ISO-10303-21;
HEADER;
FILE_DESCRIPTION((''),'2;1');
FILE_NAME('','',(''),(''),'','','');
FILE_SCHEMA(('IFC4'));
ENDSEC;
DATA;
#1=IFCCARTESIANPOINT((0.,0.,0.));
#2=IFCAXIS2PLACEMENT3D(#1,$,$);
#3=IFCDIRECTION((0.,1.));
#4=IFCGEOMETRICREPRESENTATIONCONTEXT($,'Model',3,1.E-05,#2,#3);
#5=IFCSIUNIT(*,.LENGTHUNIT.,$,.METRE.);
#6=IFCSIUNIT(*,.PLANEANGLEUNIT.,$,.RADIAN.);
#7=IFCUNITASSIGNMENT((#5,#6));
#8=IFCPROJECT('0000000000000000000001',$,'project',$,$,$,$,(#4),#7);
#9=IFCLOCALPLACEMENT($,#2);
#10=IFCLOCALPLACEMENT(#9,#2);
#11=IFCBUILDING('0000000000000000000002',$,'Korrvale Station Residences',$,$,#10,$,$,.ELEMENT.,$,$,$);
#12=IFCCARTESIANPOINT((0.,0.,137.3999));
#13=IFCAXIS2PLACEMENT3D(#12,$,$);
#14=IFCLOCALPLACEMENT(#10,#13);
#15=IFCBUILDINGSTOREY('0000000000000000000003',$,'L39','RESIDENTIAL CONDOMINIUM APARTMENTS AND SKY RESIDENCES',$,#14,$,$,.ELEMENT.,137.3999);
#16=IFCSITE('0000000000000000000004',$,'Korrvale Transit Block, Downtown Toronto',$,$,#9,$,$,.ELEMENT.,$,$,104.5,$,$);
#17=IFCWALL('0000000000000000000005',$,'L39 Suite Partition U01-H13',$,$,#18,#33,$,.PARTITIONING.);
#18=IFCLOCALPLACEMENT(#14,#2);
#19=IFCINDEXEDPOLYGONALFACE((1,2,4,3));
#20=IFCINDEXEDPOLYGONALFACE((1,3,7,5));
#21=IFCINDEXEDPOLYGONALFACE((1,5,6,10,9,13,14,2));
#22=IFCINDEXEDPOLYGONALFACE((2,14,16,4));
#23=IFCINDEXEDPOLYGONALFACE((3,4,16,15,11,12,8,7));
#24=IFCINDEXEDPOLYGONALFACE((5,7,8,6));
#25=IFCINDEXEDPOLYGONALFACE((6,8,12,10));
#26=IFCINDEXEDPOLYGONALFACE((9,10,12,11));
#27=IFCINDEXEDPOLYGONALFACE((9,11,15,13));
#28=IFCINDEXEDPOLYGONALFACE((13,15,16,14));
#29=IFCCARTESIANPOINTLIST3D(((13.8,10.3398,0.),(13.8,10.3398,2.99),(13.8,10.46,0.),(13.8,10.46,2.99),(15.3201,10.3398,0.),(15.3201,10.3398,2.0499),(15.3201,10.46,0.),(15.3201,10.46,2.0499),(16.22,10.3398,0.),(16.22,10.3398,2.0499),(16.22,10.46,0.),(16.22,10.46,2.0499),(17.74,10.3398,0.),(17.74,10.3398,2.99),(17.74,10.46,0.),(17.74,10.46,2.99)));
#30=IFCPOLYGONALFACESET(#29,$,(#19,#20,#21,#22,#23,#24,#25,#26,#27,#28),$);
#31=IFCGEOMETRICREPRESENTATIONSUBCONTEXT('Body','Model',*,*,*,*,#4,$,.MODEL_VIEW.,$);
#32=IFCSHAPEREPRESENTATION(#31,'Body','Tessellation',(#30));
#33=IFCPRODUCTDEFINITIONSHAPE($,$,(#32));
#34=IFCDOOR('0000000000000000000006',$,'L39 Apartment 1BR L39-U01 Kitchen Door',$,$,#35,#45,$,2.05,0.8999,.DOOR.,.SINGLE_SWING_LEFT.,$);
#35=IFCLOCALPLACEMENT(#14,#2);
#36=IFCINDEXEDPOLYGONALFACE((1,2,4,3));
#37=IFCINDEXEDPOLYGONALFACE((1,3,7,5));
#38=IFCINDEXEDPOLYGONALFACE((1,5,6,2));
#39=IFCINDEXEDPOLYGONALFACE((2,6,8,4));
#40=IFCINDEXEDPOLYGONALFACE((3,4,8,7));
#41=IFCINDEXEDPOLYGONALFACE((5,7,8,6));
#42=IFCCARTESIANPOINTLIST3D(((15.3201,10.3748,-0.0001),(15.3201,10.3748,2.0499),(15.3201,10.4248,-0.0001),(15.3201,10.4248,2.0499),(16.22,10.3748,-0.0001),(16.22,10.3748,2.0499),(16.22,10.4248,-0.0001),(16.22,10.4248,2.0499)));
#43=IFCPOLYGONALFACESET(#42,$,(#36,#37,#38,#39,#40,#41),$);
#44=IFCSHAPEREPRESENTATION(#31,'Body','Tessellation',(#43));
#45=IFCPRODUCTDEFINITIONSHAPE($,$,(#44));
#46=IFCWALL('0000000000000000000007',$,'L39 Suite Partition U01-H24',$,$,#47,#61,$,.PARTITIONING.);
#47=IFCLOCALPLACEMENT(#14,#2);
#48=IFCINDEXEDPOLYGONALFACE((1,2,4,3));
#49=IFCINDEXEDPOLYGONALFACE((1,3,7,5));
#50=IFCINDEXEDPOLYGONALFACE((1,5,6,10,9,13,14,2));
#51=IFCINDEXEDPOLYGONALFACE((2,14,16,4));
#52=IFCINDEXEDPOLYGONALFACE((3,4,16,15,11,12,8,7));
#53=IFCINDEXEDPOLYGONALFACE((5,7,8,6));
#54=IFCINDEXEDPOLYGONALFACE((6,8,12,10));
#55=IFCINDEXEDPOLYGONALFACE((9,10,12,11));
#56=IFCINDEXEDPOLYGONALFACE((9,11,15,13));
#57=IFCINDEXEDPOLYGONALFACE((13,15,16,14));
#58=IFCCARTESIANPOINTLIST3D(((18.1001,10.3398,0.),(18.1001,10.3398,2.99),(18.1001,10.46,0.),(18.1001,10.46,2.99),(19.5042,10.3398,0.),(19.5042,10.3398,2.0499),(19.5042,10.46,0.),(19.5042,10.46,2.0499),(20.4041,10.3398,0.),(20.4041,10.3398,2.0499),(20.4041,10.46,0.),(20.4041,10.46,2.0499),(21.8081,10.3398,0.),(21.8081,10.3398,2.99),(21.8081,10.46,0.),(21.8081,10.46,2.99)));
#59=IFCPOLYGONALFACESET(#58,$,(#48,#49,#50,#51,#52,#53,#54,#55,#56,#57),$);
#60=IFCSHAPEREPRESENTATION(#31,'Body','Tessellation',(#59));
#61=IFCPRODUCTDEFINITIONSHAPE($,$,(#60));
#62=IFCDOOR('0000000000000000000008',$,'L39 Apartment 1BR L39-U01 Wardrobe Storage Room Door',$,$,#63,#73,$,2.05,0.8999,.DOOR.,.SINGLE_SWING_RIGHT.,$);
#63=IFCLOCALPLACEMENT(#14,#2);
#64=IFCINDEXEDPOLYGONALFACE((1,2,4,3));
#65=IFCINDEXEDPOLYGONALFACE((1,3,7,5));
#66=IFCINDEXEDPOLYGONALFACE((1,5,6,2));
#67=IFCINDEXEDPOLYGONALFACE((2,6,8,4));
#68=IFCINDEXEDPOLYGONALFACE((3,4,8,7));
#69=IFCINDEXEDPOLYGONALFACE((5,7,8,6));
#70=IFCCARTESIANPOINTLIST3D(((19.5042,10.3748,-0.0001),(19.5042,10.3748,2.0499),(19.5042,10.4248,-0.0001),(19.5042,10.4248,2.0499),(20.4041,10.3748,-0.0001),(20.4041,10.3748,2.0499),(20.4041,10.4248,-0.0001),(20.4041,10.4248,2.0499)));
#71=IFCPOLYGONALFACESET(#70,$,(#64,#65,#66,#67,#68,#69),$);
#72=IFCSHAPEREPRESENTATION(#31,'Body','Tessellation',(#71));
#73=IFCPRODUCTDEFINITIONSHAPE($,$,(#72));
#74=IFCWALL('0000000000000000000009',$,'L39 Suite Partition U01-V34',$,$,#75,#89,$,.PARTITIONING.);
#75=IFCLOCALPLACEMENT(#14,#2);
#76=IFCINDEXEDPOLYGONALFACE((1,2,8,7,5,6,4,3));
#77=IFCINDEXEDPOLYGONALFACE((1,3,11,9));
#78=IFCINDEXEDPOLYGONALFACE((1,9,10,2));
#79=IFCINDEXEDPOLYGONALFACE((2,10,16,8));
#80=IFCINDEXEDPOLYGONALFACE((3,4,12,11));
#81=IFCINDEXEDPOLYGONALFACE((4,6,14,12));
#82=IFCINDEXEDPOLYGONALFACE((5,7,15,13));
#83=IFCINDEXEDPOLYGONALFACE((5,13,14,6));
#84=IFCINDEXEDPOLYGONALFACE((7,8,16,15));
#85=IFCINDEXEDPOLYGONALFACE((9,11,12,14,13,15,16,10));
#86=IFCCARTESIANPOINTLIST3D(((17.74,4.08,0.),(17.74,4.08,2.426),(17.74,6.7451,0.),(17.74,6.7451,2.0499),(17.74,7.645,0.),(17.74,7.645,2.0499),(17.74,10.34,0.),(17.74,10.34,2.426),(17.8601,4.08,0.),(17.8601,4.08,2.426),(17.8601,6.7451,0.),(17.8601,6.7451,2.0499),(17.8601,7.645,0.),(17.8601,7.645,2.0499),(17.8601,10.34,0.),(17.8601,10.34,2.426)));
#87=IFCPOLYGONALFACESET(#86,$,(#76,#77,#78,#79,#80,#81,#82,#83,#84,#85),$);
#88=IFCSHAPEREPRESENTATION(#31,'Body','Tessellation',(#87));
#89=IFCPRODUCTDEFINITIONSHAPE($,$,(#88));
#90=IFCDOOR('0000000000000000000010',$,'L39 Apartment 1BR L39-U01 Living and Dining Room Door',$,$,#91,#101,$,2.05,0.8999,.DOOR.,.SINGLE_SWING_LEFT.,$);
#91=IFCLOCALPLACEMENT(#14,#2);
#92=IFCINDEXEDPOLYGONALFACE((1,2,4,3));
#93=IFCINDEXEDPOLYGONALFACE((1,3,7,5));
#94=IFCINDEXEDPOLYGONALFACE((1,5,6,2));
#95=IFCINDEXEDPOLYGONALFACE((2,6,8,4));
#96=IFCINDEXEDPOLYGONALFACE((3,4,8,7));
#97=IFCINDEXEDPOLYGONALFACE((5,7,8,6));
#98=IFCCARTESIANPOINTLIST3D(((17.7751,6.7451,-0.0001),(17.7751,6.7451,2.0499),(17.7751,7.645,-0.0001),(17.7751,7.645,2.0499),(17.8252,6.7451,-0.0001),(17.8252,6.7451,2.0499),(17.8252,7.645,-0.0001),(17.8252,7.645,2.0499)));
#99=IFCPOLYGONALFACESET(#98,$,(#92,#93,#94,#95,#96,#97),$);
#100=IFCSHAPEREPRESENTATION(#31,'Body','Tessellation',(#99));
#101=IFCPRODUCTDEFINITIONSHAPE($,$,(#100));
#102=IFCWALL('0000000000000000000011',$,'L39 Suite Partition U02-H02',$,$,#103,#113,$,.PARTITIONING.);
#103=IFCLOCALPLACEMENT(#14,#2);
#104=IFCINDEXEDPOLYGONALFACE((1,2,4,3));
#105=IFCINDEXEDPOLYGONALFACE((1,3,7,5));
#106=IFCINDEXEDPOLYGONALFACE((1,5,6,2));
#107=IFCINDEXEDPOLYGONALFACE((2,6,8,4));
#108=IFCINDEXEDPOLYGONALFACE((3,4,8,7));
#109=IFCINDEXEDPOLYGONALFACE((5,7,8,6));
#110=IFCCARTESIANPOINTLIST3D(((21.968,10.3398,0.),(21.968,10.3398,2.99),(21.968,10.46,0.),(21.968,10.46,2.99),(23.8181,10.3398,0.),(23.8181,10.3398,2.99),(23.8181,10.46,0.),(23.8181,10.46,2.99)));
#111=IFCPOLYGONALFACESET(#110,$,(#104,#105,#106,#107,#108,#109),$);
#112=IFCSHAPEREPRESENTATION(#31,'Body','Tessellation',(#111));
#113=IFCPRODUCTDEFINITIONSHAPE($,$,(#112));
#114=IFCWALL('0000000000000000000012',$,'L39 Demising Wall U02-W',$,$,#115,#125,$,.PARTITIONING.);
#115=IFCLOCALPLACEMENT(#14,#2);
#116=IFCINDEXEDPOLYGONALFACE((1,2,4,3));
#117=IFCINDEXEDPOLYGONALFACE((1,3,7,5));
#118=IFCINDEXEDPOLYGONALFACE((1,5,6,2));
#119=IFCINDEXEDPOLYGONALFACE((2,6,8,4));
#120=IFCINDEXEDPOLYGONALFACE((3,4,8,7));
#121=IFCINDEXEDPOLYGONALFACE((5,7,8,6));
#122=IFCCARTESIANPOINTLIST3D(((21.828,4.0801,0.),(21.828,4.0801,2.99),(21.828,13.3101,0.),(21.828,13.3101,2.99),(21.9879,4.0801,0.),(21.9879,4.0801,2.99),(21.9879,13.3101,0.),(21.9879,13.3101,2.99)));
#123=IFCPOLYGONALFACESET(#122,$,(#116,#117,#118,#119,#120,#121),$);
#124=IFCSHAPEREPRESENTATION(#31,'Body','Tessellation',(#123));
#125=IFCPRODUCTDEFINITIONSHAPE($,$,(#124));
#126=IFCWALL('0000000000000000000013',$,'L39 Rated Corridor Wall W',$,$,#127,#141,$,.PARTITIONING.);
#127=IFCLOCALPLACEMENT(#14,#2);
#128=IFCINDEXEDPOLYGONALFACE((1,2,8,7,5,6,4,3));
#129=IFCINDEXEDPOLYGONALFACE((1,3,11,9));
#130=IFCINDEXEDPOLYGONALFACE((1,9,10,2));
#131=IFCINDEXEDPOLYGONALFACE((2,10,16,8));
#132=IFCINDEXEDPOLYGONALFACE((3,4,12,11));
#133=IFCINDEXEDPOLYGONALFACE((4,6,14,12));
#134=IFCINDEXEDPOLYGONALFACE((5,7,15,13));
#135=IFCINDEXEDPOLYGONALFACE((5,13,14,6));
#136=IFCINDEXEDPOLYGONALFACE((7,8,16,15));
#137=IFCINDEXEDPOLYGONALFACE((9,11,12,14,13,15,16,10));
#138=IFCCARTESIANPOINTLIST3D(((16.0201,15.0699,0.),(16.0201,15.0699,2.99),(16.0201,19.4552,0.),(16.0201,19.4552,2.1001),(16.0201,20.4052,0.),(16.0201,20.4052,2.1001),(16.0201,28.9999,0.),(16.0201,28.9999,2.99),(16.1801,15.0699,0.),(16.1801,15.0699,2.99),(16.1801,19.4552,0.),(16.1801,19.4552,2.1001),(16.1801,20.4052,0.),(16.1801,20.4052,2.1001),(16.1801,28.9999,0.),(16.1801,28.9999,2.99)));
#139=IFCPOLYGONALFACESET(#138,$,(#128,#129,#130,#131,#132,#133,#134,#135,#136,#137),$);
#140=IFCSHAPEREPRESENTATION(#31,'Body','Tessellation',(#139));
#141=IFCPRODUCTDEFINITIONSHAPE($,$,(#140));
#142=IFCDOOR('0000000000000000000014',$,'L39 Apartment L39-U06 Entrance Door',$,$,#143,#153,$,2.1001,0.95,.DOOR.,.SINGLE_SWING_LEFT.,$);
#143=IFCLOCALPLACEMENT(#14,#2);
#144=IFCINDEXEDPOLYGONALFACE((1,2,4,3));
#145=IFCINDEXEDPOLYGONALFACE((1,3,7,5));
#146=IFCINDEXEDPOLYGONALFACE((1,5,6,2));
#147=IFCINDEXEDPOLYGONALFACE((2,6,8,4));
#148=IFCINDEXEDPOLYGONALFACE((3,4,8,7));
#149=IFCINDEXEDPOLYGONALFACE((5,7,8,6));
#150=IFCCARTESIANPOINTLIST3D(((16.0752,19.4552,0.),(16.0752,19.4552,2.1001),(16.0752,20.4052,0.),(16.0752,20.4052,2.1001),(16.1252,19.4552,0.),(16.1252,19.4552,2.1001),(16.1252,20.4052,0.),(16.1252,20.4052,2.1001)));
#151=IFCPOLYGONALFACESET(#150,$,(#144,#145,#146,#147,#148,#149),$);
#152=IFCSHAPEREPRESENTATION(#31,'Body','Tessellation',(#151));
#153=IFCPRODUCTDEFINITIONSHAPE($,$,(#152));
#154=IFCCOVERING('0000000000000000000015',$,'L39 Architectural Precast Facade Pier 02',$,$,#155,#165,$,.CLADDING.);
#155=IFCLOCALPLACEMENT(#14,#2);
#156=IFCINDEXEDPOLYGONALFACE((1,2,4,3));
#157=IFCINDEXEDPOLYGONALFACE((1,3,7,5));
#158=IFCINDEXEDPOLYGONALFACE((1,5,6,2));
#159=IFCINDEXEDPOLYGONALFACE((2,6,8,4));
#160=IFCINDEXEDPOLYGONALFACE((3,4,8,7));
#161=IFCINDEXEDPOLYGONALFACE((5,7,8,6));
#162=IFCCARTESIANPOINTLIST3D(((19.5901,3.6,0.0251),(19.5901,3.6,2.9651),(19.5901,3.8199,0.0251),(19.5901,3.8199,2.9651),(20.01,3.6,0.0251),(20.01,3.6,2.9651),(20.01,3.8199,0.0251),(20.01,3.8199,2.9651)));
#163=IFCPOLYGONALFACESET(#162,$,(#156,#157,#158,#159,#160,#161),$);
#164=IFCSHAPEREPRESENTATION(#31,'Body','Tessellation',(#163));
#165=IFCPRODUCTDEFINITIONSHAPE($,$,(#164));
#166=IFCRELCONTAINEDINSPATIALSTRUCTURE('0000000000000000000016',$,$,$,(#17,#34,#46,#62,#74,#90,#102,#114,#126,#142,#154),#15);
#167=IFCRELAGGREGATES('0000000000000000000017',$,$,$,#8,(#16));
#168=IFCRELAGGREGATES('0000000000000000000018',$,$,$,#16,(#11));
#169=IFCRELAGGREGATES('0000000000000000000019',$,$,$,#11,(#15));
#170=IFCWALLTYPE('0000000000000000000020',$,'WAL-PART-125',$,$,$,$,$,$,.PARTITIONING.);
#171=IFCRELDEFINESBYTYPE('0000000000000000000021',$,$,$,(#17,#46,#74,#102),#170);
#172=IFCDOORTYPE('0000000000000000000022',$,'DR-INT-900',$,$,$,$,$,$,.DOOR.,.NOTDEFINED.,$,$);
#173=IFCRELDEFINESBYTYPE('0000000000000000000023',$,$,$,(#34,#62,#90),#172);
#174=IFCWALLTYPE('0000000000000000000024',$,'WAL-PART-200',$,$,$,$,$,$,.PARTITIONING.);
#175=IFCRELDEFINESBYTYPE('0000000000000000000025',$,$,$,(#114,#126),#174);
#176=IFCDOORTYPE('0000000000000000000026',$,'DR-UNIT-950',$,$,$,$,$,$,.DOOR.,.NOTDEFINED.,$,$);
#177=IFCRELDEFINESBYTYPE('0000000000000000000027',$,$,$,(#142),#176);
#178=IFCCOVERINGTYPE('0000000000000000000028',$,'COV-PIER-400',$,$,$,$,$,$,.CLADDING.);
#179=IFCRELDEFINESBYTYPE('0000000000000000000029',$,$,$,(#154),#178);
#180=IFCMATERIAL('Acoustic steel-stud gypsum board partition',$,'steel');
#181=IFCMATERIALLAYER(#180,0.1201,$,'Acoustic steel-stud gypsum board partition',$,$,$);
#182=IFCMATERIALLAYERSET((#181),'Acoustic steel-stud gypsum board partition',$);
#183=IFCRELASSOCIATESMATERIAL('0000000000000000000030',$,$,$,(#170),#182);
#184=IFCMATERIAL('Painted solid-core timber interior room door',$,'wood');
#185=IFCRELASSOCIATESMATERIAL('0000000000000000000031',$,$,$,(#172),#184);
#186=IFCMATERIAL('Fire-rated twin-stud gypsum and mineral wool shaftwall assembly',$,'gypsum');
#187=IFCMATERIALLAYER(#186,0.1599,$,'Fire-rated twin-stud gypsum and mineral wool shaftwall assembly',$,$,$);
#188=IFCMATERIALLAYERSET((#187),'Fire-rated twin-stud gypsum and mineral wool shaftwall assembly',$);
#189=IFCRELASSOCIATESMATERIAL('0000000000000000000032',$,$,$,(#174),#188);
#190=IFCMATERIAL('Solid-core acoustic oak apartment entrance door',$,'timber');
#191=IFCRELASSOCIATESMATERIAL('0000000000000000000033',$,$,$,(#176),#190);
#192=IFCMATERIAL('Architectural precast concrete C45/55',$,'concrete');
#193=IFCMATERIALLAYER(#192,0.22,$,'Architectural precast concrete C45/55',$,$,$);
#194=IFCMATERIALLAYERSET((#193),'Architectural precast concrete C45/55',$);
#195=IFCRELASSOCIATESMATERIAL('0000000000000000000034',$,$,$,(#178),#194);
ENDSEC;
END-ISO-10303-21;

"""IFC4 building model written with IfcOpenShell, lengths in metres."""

from ifc_helpers import new_model, si_unit, direction, frame, frame_2d, origin, origin_2d, place, context, subcontext, project, spatial, rectangle, extrude, material, layer, layer_set, type_object, element, fill, save


model = new_model("IFC4")

# Units and contexts
model_context = context("Model", 3, precision=1e-05, world=origin(), true_north=direction((0.0, 1.0)))
body_context = subcontext(model_context, "Body", "Model", "MODEL_VIEW")
ifc_project = project(units=[si_unit("LENGTHUNIT", "METRE"), si_unit("PLANEANGLEUNIT", "RADIAN")], contexts=[model_context])

# Site, building, storey
site_placement = place(None, origin())
site = spatial("IfcSite", under=ifc_project, at=site_placement, Name="Korrvale Transit Block, Downtown Toronto", CompositionType="ELEMENT", RefElevation=104.5)
building_placement = place(site_placement, origin())
building = spatial("IfcBuilding", under=site, at=building_placement, Name="Korrvale Station Residences", CompositionType="ELEMENT")
storey_placement = place(building_placement, frame((0.0, 0.0, 137.3999)))
storey = spatial("IfcBuildingStorey", under=building, at=storey_placement, Name="L39", Description="RESIDENTIAL CONDOMINIUM APARTMENTS AND SKY RESIDENCES", CompositionType="ELEMENT", Elevation=137.3999)

# Walls, openings, doors
ifc_material_1 = material(Name="Acoustic steel-stud gypsum board partition", Category="steel")
ifc_layer_1 = layer(ifc_material_1, 0.1201, Name="Acoustic steel-stud gypsum board partition")
ifc_layer_set_1 = layer_set([ifc_layer_1], Name="Acoustic steel-stud gypsum board partition")
wall_type_1 = type_object("IfcWallType", Name="WAL-PART-125", PredefinedType="PARTITIONING", material=ifc_layer_set_1)
ifc_material_2 = material(Name="Painted solid-core timber interior room door", Category="wood")
door_type_1 = type_object("IfcDoorType", Name="DR-INT-900", OperationType="NOTDEFINED", PredefinedType="DOOR", material=ifc_material_2)
wall_1_placement = place(storey_placement, frame((13.8, 10.3999, 0.0), z_axis=(0.0, 0.0, 1.0), x_axis=(1.0, 0.0, 0.0)))
wall_1 = element("IfcWall", 1, at=wall_1_placement, inside=storey, type_object=wall_type_1, Name="L39 Suite Partition U01-H13", PredefinedType="PARTITIONING", context=body_context, shape_type="SweptSolid", body=[
    extrude(rectangle(XDim=3.9399, YDim=0.1201, at=frame_2d((1.97, 0.0))), origin(), (0.0, 0.0, 1.0), 2.99),
])
opening_1_placement = place(wall_1_placement, frame((1.52, 0.0, 0.0)))
opening_1 = element("IfcOpeningElement", 2, at=opening_1_placement, cuts=wall_1, PredefinedType="OPENING", context=body_context, shape_type="SweptSolid", body=[
    extrude(rectangle(XDim=0.8999, YDim=2.05, at=frame_2d((0.45, 1.0249))), frame((0.0, 0.0701, 0.0), z_axis=(0.0, -1.0, 0.0), x_axis=(1.0, 0.0, 0.0)), (0.0, 0.0, 1.0), 0.1401),
])
door_1_placement = place(opening_1_placement, origin())
door_1 = element("IfcDoor", 3, at=door_1_placement, inside=storey, type_object=door_type_1, Name="L39 Apartment 1BR L39-U01 Kitchen Door", OperationType="SINGLE_SWING_LEFT", OverallHeight=2.05, OverallWidth=0.8999, PredefinedType="DOOR", context=body_context, shape_type="SweptSolid", body=[
    extrude(rectangle(XDim=0.8999, YDim=2.05, at=frame_2d((0.45, 1.0249))), frame((0.0, 0.0249, 0.0), z_axis=(0.0, -1.0, 0.0), x_axis=(1.0, 0.0, 0.0)), (0.0, 0.0, 1.0), 0.05),
])
fill(opening_1, door_1)
wall_2_placement = place(storey_placement, frame((18.1001, 10.3999, 0.0), z_axis=(0.0, 0.0, 1.0), x_axis=(1.0, 0.0, 0.0)))
wall_2 = element("IfcWall", 4, at=wall_2_placement, inside=storey, type_object=wall_type_1, Name="L39 Suite Partition U01-H24", PredefinedType="PARTITIONING", context=body_context, shape_type="SweptSolid", body=[
    extrude(rectangle(XDim=3.708, YDim=0.1201, at=frame_2d((1.854, 0.0))), origin(), (0.0, 0.0, 1.0), 2.99),
])
opening_2_placement = place(wall_2_placement, frame((1.4041, 0.0, 0.0)))
opening_2 = element("IfcOpeningElement", 5, at=opening_2_placement, cuts=wall_2, PredefinedType="OPENING", context=body_context, shape_type="SweptSolid", body=[
    extrude(rectangle(XDim=0.8999, YDim=2.05, at=frame_2d((0.45, 1.0249))), frame((0.0, 0.0701, 0.0), z_axis=(0.0, -1.0, 0.0), x_axis=(1.0, 0.0, 0.0)), (0.0, 0.0, 1.0), 0.1401),
])
door_2_placement = place(opening_2_placement, origin())
door_2 = element("IfcDoor", 6, at=door_2_placement, inside=storey, type_object=door_type_1, Name="L39 Apartment 1BR L39-U01 Wardrobe Storage Room Door", OperationType="SINGLE_SWING_RIGHT", OverallHeight=2.05, OverallWidth=0.8999, PredefinedType="DOOR", context=body_context, shape_type="SweptSolid", body=[
    extrude(rectangle(XDim=0.8999, YDim=2.05, at=frame_2d((0.45, 1.0249))), frame((0.0, 0.0249, 0.0), z_axis=(0.0, -1.0, 0.0), x_axis=(1.0, 0.0, 0.0)), (0.0, 0.0, 1.0), 0.05),
])
fill(opening_2, door_2)
wall_3_placement = place(storey_placement, frame((17.8, 4.0801, 0.0), z_axis=(0.0, 0.0, 1.0), x_axis=(0.0, 1.0, 0.0)))
wall_3 = element("IfcWall", 7, at=wall_3_placement, inside=storey, type_object=wall_type_1, Name="L39 Suite Partition U01-V34", PredefinedType="PARTITIONING", context=body_context, shape_type="SweptSolid", body=[
    extrude(rectangle(XDim=6.26, YDim=0.1201, at=frame_2d((3.1299, 0.0))), origin(), (0.0, 0.0, 1.0), 2.426),
])
opening_3_placement = place(wall_3_placement, frame((2.665, 0.0, 0.0)))
opening_3 = element("IfcOpeningElement", 8, at=opening_3_placement, cuts=wall_3, PredefinedType="OPENING", context=body_context, shape_type="SweptSolid", body=[
    extrude(rectangle(XDim=0.8999, YDim=2.05, at=frame_2d((0.45, 1.0249))), frame((0.0, 0.0701, 0.0), z_axis=(0.0, -1.0, 0.0), x_axis=(1.0, 0.0, 0.0)), (0.0, 0.0, 1.0), 0.1401),
])
door_3_placement = place(opening_3_placement, origin())
door_3 = element("IfcDoor", 9, at=door_3_placement, inside=storey, type_object=door_type_1, Name="L39 Apartment 1BR L39-U01 Living and Dining Room Door", OperationType="SINGLE_SWING_LEFT", OverallHeight=2.05, OverallWidth=0.8999, PredefinedType="DOOR", context=body_context, shape_type="SweptSolid", body=[
    extrude(rectangle(XDim=0.8999, YDim=2.05, at=frame_2d((0.45, 1.0249))), frame((0.0, 0.0249, 0.0), z_axis=(0.0, -1.0, 0.0), x_axis=(1.0, 0.0, 0.0)), (0.0, 0.0, 1.0), 0.05),
])
fill(opening_3, door_3)

# Walls
wall_4_placement = place(storey_placement, frame((21.968, 10.3999, 0.0), z_axis=(0.0, 0.0, 1.0), x_axis=(1.0, 0.0, 0.0)))
element("IfcWall", 10, at=wall_4_placement, inside=storey, type_object=wall_type_1, Name="L39 Suite Partition U02-H02", PredefinedType="PARTITIONING", context=body_context, shape_type="SweptSolid", body=[
    extrude(rectangle(XDim=1.8501, YDim=0.1201, at=frame_2d((0.925, 0.0))), origin(), (0.0, 0.0, 1.0), 2.99),
])
ifc_material_3 = material(Name="Fire-rated twin-stud gypsum and mineral wool shaftwall assembly", Category="gypsum")
ifc_layer_2 = layer(ifc_material_3, 0.1599, Name="Fire-rated twin-stud gypsum and mineral wool shaftwall assembly")
ifc_layer_set_2 = layer_set([ifc_layer_2], Name="Fire-rated twin-stud gypsum and mineral wool shaftwall assembly")
wall_type_2 = type_object("IfcWallType", Name="WAL-PART-200", PredefinedType="PARTITIONING", material=ifc_layer_set_2)
wall_5_placement = place(storey_placement, frame((21.908, 4.0801, 0.0), z_axis=(0.0, 0.0, 1.0), x_axis=(0.0, 1.0, 0.0)))
element("IfcWall", 11, at=wall_5_placement, inside=storey, type_object=wall_type_2, Name="L39 Demising Wall U02-W", PredefinedType="PARTITIONING", context=body_context, shape_type="SweptSolid", body=[
    extrude(rectangle(XDim=9.23, YDim=0.1599, at=frame_2d((4.615, 0.0))), origin(), (0.0, 0.0, 1.0), 2.99),
])

# Wall, opening, door
wall_6_placement = place(storey_placement, frame((16.1001, 15.0701, 0.0), z_axis=(0.0, 0.0, 1.0), x_axis=(0.0, 1.0, 0.0)))
wall_6 = element("IfcWall", 12, at=wall_6_placement, inside=storey, type_object=wall_type_2, Name="L39 Rated Corridor Wall W", PredefinedType="PARTITIONING", context=body_context, shape_type="SweptSolid", body=[
    extrude(rectangle(XDim=13.9299, YDim=0.1599, at=frame_2d((6.9648, 0.0))), origin(), (0.0, 0.0, 1.0), 2.99),
])
opening_4_placement = place(wall_6_placement, frame((4.385, 0.0, 0.0)))
opening_4 = element("IfcOpeningElement", 13, at=opening_4_placement, cuts=wall_6, PredefinedType="OPENING", context=body_context, shape_type="SweptSolid", body=[
    extrude(rectangle(XDim=0.95, YDim=2.1001, at=frame_2d((0.4751, 1.05))), frame((0.0, 0.0898, 0.0), z_axis=(0.0, -1.0, 0.0), x_axis=(1.0, 0.0, 0.0)), (0.0, 0.0, 1.0), 0.1799),
])
ifc_material_4 = material(Name="Solid-core acoustic oak apartment entrance door", Category="timber")
door_type_2 = type_object("IfcDoorType", Name="DR-UNIT-950", OperationType="NOTDEFINED", PredefinedType="DOOR", material=ifc_material_4)
door_4_placement = place(opening_4_placement, origin())
door_4 = element("IfcDoor", 14, at=door_4_placement, inside=storey, type_object=door_type_2, Name="L39 Apartment L39-U06 Entrance Door", OperationType="SINGLE_SWING_LEFT", OverallHeight=2.1001, OverallWidth=0.95, PredefinedType="DOOR", context=body_context, shape_type="SweptSolid", body=[
    extrude(rectangle(XDim=0.95, YDim=2.1001, at=frame_2d((0.4751, 1.05))), frame((0.0, 0.0249, 0.0), z_axis=(0.0, -1.0, 0.0), x_axis=(1.0, 0.0, 0.0)), (0.0, 0.0, 1.0), 0.05),
])
fill(opening_4, door_4)

# Covering
ifc_material_5 = material(Name="Architectural precast concrete C45/55", Category="concrete")
ifc_layer_3 = layer(ifc_material_5, 0.22, Name="Architectural precast concrete C45/55")
ifc_layer_set_3 = layer_set([ifc_layer_3], Name="Architectural precast concrete C45/55")
covering_type = type_object("IfcCoveringType", Name="COV-PIER-400", PredefinedType="CLADDING", material=ifc_layer_set_3)
covering_placement = place(storey_placement, frame((19.8, 3.71, 0.0251), z_axis=(0.0, 0.0, 1.0), x_axis=(1.0, 0.0, 0.0)))
element("IfcCovering", 15, at=covering_placement, inside=storey, type_object=covering_type, Name="L39 Architectural Precast Facade Pier 02", PredefinedType="CLADDING", context=body_context, shape_type="SweptSolid", body=[
    extrude(rectangle(XDim=0.4199, YDim=0.22, at=origin_2d()), origin(), (0.0, 0.0, 1.0), 2.9399),
])

save(model, "model.ifc")
